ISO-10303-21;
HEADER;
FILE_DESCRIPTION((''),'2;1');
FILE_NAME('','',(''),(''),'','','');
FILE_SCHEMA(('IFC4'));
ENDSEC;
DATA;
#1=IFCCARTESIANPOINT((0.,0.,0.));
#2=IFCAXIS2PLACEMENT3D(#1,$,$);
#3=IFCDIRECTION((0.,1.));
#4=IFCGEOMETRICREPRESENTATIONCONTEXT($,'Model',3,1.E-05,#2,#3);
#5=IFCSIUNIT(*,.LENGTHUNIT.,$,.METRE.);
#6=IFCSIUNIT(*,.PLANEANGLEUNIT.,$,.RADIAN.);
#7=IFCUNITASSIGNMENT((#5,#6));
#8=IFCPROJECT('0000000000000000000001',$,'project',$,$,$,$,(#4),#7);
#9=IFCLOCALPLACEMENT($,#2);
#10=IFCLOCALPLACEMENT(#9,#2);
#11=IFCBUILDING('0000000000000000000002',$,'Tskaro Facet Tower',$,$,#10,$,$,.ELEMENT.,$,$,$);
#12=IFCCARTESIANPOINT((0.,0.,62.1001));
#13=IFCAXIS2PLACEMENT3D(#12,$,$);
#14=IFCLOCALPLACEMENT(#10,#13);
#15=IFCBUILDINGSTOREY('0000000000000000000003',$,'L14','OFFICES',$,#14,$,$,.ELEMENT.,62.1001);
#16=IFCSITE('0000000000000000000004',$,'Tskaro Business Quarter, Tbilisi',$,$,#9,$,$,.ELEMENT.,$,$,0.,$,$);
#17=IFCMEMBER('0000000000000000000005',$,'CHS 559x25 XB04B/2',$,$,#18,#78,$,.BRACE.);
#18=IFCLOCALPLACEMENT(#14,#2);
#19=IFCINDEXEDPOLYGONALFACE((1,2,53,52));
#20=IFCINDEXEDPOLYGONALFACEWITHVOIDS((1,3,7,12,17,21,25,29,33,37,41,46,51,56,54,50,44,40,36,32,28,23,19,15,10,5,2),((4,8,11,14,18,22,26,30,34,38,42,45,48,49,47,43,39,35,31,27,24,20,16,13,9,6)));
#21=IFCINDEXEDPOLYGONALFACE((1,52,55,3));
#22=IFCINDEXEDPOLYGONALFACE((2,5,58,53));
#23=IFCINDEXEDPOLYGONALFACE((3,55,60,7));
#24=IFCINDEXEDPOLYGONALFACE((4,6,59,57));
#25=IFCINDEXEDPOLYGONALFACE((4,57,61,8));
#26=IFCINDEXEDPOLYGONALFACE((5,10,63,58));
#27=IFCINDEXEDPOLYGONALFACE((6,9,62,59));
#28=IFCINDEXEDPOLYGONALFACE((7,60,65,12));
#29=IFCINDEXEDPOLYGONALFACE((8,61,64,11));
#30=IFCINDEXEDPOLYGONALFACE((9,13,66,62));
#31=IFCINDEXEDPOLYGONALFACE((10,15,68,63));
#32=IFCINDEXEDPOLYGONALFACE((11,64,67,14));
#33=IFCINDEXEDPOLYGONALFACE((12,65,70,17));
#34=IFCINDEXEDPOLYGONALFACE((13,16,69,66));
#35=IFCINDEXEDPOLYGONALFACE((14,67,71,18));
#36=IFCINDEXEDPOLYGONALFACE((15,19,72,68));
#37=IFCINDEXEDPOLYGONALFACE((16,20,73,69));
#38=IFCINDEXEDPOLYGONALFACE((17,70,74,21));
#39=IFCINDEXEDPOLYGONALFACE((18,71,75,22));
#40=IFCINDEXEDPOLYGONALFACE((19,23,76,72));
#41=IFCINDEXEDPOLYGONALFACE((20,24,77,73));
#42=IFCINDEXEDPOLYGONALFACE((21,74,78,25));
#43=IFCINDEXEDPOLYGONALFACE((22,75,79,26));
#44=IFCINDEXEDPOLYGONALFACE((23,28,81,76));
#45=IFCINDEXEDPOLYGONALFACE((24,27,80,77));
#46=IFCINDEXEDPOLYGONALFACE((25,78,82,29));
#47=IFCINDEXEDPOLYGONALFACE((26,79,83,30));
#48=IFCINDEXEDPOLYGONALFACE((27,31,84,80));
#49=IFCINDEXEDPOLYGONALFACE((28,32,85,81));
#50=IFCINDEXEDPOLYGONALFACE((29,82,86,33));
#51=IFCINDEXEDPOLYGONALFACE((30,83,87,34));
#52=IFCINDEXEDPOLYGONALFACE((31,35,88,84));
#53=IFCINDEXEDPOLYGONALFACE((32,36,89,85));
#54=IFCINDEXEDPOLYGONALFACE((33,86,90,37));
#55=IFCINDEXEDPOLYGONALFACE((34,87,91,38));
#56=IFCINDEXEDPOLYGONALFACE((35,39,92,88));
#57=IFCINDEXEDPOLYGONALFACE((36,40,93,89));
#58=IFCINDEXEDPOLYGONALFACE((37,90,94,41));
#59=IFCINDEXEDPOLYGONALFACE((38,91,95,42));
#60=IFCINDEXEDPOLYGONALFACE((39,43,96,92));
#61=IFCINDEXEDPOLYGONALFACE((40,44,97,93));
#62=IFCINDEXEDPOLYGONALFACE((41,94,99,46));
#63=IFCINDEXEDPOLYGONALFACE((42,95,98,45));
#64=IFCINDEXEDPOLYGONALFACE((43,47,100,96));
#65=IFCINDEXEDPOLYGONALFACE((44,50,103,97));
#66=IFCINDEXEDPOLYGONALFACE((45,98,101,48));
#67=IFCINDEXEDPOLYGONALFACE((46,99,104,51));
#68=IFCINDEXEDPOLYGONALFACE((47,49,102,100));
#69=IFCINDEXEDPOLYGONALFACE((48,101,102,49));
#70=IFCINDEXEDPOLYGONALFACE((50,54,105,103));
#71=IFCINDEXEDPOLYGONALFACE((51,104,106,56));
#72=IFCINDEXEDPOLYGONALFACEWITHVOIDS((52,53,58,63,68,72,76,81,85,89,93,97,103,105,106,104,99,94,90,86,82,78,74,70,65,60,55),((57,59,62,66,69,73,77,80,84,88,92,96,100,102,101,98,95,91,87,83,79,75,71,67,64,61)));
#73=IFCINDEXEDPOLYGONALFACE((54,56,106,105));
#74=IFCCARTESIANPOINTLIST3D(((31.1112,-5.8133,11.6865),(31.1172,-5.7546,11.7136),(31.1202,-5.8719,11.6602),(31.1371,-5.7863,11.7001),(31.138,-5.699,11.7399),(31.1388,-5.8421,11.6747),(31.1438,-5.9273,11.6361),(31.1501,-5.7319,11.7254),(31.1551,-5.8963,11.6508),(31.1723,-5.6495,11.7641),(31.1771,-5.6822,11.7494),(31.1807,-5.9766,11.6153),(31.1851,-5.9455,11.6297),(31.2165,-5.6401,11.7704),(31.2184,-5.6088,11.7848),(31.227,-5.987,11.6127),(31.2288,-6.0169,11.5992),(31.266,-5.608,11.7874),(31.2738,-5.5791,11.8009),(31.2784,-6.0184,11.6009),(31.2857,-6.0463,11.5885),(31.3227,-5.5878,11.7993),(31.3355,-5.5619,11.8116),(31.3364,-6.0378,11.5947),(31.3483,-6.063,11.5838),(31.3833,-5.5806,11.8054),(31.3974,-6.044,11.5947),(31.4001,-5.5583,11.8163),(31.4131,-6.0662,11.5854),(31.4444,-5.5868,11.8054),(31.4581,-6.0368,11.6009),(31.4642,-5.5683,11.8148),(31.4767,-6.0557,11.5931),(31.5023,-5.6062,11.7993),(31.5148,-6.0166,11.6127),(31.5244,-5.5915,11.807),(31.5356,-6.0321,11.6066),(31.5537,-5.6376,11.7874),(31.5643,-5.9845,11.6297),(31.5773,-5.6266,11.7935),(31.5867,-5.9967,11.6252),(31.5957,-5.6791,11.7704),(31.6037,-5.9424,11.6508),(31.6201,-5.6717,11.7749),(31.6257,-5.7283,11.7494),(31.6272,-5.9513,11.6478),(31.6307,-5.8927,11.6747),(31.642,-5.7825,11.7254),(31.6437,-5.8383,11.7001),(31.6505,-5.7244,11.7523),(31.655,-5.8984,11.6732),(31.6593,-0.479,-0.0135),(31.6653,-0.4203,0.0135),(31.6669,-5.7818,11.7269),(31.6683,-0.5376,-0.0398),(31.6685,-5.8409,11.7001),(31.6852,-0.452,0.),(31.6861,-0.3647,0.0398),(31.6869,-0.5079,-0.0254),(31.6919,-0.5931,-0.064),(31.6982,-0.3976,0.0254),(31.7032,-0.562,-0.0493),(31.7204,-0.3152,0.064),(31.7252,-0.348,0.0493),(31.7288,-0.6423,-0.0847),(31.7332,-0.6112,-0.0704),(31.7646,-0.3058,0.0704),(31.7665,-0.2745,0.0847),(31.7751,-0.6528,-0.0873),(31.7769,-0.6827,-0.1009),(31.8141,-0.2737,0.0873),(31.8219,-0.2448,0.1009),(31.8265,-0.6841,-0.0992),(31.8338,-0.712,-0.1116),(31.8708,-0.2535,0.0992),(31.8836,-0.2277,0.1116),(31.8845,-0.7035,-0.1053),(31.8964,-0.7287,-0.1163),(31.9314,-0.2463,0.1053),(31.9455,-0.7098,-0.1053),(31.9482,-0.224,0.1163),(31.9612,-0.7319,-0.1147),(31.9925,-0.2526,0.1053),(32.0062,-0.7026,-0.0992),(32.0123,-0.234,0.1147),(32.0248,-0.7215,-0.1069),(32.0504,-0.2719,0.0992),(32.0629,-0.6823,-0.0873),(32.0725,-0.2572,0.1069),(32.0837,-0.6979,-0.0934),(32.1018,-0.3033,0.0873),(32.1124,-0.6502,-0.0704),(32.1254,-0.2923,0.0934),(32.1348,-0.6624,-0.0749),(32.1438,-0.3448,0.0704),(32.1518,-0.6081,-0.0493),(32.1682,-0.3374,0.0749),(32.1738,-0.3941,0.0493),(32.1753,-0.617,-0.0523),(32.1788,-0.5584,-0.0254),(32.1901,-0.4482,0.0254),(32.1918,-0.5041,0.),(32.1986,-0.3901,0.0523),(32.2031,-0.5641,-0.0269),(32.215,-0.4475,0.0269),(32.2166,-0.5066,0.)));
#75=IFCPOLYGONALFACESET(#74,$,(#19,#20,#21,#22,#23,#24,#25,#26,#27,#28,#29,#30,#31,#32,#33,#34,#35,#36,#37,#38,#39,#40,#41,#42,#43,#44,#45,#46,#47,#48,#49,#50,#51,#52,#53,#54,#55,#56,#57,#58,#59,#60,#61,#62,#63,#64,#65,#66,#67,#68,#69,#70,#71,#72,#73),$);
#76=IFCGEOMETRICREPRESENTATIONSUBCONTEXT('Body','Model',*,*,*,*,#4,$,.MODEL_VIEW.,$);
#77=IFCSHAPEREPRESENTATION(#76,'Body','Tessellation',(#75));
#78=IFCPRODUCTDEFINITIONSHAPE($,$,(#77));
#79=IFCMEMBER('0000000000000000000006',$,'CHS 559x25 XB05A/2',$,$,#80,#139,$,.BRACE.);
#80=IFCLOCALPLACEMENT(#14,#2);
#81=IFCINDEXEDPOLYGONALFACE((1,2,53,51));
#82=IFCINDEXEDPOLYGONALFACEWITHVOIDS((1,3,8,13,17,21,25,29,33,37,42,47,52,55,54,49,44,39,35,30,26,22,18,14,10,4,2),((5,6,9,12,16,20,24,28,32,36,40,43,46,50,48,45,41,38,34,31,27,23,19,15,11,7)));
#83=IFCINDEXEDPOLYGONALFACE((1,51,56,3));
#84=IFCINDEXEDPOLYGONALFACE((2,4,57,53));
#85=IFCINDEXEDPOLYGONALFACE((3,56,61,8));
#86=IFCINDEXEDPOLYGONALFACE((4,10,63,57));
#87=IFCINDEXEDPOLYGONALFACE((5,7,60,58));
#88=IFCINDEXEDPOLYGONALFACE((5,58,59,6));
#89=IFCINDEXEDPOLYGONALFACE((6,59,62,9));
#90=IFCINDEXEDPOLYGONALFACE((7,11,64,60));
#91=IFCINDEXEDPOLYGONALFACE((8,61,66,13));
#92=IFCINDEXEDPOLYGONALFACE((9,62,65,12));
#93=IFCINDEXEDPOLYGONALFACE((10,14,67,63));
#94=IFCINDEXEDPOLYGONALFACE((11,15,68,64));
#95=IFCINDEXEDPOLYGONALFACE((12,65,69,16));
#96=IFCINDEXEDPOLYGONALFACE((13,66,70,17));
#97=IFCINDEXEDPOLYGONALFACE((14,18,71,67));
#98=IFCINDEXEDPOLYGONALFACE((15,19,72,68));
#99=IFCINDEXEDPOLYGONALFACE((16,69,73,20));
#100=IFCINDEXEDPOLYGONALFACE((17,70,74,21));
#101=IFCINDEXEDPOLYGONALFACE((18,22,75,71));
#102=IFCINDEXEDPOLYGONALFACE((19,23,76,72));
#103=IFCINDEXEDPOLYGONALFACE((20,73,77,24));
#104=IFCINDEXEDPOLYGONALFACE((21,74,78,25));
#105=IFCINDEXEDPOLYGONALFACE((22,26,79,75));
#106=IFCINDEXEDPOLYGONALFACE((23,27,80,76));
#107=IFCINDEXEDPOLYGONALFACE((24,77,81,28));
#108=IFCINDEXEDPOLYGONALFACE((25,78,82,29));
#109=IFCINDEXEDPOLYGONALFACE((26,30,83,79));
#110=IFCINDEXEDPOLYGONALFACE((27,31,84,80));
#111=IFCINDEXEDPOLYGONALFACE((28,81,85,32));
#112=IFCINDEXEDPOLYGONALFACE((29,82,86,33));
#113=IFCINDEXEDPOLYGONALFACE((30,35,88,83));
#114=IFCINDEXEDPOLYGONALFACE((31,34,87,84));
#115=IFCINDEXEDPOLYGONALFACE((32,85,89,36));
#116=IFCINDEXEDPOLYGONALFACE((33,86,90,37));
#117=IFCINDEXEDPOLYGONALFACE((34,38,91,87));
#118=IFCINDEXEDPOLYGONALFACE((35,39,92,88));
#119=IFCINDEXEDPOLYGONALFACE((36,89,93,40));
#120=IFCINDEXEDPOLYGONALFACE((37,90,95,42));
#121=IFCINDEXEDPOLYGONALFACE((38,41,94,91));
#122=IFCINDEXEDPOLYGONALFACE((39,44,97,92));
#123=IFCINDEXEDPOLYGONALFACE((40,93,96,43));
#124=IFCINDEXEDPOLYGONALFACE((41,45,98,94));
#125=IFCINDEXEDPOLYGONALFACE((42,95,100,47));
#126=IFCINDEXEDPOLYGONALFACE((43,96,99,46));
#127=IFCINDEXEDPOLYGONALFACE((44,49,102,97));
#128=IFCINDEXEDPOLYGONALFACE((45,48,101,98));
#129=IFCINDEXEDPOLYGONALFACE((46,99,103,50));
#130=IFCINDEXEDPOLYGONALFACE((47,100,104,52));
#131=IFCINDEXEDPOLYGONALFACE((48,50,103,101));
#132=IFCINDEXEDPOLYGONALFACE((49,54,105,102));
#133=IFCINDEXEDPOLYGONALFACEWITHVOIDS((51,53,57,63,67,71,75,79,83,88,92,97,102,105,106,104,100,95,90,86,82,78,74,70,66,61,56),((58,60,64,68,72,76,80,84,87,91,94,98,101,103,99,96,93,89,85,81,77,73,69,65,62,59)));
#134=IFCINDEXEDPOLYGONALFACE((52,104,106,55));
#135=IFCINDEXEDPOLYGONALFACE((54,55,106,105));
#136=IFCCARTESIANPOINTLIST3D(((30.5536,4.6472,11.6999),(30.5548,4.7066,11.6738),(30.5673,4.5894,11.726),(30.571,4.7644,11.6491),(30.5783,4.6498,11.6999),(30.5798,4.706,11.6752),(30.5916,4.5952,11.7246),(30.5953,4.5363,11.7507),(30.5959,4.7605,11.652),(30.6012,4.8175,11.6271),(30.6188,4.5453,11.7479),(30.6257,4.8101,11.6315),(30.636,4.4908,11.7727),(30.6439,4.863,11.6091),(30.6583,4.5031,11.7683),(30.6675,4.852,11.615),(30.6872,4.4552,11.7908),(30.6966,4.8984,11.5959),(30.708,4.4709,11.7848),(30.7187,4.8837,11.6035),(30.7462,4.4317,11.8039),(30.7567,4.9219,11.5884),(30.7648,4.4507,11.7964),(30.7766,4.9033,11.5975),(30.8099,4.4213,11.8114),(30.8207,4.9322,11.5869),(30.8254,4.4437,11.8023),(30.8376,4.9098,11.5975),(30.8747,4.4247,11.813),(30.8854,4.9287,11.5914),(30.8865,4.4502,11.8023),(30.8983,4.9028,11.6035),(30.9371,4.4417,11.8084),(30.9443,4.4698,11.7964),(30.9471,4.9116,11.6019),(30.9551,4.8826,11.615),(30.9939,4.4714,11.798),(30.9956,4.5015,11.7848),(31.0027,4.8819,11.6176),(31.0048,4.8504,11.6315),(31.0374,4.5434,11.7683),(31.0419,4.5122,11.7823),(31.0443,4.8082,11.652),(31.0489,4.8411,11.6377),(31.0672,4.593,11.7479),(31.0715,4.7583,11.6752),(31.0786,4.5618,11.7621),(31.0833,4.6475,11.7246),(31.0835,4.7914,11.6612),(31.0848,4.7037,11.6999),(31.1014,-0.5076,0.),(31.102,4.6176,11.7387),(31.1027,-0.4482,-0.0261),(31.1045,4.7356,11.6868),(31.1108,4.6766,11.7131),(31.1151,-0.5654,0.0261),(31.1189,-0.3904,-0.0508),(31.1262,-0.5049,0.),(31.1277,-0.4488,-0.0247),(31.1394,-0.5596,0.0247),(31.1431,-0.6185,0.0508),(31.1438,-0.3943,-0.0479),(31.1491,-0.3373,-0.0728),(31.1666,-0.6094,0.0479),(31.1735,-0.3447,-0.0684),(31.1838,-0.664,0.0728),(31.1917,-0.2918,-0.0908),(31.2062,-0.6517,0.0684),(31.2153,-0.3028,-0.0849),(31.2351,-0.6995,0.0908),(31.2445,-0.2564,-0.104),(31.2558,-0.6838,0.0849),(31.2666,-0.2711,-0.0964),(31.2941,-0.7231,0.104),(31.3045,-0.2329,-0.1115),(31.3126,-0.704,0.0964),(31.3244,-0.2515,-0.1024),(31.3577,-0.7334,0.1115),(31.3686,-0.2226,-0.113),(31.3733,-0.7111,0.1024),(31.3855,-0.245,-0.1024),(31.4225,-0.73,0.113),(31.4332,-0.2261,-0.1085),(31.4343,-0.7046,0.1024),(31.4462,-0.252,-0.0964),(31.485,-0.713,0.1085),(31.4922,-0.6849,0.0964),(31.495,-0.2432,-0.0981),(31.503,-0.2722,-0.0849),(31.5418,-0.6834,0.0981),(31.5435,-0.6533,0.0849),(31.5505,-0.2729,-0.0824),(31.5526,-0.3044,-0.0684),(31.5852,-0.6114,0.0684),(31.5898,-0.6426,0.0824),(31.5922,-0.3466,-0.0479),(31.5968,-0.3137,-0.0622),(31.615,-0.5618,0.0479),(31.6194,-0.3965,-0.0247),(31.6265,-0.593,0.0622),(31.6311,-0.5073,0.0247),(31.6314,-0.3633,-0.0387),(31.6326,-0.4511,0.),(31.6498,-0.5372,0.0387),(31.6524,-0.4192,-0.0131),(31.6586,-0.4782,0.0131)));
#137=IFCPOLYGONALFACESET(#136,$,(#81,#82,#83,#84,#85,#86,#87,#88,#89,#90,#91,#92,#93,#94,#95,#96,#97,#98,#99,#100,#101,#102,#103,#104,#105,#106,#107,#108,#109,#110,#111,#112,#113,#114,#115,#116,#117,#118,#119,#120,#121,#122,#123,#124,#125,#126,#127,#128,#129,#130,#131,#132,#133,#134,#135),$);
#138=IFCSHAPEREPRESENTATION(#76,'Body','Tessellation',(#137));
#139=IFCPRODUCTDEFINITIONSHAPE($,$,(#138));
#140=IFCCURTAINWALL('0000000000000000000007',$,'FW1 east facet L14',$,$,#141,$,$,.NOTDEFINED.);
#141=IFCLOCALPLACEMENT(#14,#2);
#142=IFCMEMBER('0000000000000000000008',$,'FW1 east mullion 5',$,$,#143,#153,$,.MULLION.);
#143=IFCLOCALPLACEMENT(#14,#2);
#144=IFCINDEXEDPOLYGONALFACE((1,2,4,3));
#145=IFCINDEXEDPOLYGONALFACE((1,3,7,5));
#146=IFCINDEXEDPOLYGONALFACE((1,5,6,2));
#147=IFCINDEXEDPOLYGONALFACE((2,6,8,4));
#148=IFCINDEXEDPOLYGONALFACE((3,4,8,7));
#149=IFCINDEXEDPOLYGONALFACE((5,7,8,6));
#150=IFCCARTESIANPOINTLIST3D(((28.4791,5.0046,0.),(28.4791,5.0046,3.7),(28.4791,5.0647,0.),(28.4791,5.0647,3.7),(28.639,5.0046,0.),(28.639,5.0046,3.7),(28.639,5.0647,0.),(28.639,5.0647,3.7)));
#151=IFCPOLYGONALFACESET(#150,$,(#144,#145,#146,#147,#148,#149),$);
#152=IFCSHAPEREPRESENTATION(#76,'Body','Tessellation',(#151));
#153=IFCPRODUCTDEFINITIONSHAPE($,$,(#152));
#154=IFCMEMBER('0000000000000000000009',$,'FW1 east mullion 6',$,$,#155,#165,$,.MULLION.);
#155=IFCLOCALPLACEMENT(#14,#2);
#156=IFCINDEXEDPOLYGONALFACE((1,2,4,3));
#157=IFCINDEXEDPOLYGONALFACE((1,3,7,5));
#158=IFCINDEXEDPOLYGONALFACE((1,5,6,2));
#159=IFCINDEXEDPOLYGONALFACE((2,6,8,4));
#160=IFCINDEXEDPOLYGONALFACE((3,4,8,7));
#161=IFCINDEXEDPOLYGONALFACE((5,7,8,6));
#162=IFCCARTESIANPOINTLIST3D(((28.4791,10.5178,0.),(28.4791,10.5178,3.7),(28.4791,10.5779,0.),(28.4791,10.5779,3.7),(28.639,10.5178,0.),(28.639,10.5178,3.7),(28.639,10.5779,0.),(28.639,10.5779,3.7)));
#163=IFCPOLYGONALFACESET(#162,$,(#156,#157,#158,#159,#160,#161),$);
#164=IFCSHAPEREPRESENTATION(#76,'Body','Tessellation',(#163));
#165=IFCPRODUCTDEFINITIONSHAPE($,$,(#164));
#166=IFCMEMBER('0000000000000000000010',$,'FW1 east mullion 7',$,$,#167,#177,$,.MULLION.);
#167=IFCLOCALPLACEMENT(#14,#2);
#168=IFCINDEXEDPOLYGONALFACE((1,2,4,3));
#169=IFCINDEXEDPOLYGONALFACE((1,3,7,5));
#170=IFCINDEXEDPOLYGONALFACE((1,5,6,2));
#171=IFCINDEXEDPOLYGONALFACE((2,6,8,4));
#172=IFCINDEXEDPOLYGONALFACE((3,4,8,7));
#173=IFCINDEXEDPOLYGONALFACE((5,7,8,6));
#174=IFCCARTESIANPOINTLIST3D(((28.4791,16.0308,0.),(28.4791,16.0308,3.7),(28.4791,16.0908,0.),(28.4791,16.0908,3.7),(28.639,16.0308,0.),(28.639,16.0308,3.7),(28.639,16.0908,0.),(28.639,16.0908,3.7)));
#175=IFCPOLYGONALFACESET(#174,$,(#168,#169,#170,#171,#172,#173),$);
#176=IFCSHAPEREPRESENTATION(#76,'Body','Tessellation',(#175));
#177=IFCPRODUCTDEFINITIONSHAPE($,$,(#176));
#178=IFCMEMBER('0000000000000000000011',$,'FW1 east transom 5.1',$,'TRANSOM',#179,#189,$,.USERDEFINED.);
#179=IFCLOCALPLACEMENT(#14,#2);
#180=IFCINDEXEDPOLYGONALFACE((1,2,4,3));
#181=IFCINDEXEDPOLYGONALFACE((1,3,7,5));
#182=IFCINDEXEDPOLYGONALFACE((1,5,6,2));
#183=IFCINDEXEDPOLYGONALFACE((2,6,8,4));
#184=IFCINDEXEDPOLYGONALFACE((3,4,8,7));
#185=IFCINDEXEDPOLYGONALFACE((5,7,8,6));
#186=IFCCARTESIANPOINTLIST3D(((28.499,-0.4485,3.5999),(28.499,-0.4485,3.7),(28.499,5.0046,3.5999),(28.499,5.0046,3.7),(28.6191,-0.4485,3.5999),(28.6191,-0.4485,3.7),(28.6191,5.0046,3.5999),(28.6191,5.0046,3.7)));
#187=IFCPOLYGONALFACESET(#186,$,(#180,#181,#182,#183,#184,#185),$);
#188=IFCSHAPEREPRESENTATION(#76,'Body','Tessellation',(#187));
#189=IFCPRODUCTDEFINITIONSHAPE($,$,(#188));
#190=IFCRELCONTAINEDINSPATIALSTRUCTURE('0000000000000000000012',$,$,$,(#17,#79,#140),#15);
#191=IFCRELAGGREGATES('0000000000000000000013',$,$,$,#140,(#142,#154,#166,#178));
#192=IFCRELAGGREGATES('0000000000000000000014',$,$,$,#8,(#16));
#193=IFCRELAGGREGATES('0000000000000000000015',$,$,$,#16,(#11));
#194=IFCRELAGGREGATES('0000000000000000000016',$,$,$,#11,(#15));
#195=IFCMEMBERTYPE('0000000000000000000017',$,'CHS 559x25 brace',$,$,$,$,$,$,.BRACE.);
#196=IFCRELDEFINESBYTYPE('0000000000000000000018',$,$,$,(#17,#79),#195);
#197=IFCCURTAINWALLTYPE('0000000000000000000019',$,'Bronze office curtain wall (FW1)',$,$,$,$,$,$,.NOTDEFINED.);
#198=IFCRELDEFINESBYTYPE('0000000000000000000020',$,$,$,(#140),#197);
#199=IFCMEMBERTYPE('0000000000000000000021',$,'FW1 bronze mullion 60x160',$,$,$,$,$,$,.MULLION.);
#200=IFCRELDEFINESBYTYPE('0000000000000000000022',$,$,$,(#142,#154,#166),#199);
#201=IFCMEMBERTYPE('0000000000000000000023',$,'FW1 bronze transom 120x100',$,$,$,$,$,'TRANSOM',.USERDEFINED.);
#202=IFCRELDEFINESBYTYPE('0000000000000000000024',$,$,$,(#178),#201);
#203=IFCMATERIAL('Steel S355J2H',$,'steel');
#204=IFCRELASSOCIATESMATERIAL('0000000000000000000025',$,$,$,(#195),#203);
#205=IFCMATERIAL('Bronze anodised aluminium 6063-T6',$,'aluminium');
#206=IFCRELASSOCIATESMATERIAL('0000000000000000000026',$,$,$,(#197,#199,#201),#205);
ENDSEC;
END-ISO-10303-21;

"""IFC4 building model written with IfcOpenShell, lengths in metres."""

from ifc_helpers import new_model, si_unit, direction, frame, origin, origin_2d, place, context, subcontext, project, spatial, rectangle, hollow_circle, extrude, material, material_profile, profile_set, type_object, element, aggregate, save


model = new_model("IFC4")

# Units and contexts
model_context = context("Model", 3, precision=1e-05, world=origin(), true_north=direction((0.0, 1.0)))
body_context = subcontext(model_context, "Body", "Model", "MODEL_VIEW")
ifc_project = project(units=[si_unit("LENGTHUNIT", "METRE"), si_unit("PLANEANGLEUNIT", "RADIAN")], contexts=[model_context])

# Site, building, storey
site_placement = place(None, origin())
site = spatial("IfcSite", under=ifc_project, at=site_placement, Name="Tskaro Business Quarter, Tbilisi", CompositionType="ELEMENT", RefElevation=0.0)
building_placement = place(site_placement, origin())
building = spatial("IfcBuilding", under=site, at=building_placement, Name="Tskaro Facet Tower", CompositionType="ELEMENT")
storey_placement = place(building_placement, frame((0.0, 0.0, 62.1001)))
storey = spatial("IfcBuildingStorey", under=building, at=storey_placement, Name="L14", Description="OFFICES", CompositionType="ELEMENT", Elevation=62.1001)

# Shared definitions
ifc_material_1 = material(Name="Steel S355J2H", Category="steel")

# Members
ifc_material_profile_1 = material_profile(ifc_material_1, hollow_circle(Radius=0.2795, WallThickness=0.0249, at=origin_2d()), Name="CHS 559x25")
ifc_profile_set_1 = profile_set([ifc_material_profile_1], Name="Steel S355J2H")
member_type_1 = type_object("IfcMemberType", Name="CHS 559x25 brace", PredefinedType="BRACE", material=ifc_profile_set_1)
member_1_placement = place(storey_placement, frame((31.9385, -0.478, 0.0), z_axis=(-0.042586, -0.414462, 0.90907), x_axis=(0.994763, -0.102213, 0.0)))
element("IfcMember", 1, at=member_1_placement, inside=storey, type_object=member_type_1, Name="CHS 559x25 XB04B/2", PredefinedType="BRACE", context=body_context, shape_type="SweptSolid", body=[
    extrude(hollow_circle(Radius=0.2795, WallThickness=0.0249, at=origin_2d()), origin(), (0.0, 0.0, 1.0), 12.8704),
])
member_2_placement = place(storey_placement, frame((31.3794, -0.478, 0.0), z_axis=(-0.042811, 0.402815, 0.91428), x_axis=(-0.9944, -0.105685, 0.0)))
element("IfcMember", 2, at=member_2_placement, inside=storey, type_object=member_type_1, Name="CHS 559x25 XB05A/2", PredefinedType="BRACE", context=body_context, shape_type="SweptSolid", body=[
    extrude(hollow_circle(Radius=0.2795, WallThickness=0.0249, at=origin_2d()), origin(), (0.0, 0.0, 1.0), 12.7969),
])

# Curtain wall, members
ifc_material_2 = material(Name="Bronze anodised aluminium 6063-T6", Category="aluminium")
curtain_wall_type = type_object("IfcCurtainWallType", Name="Bronze office curtain wall (FW1)", PredefinedType="NOTDEFINED", material=ifc_material_2)
curtain_wall_placement = place(storey_placement, origin())
curtain_wall = element("IfcCurtainWall", 3, at=curtain_wall_placement, inside=storey, type_object=curtain_wall_type, Name="FW1 east facet L14", PredefinedType="NOTDEFINED")
ifc_material_profile_2 = material_profile(ifc_material_2, rectangle(XDim=0.0601, YDim=0.1599, at=origin_2d()), Name="Mullion 60x160")
ifc_profile_set_2 = profile_set([ifc_material_profile_2], Name="Bronze anodised aluminium 6063-T6")
member_type_2 = type_object("IfcMemberType", Name="FW1 bronze mullion 60x160", PredefinedType="MULLION", material=ifc_profile_set_2)
member_3_placement = place(storey_placement, frame((28.5591, 5.0347, 0.0), z_axis=(0.0, 0.0, 1.0), x_axis=(0.0, 1.0, 0.0)))
member_3 = element("IfcMember", 4, at=member_3_placement, type_object=member_type_2, Name="FW1 east mullion 5", PredefinedType="MULLION", context=body_context, shape_type="SweptSolid", body=[
    extrude(rectangle(XDim=0.0601, YDim=0.1599, at=origin_2d()), origin(), (0.0, 0.0, 1.0), 3.7),
])
member_4_placement = place(storey_placement, frame((28.5591, 10.5479, 0.0), z_axis=(0.0, 0.0, 1.0), x_axis=(0.0, 1.0, 0.0)))
member_4 = element("IfcMember", 5, at=member_4_placement, type_object=member_type_2, Name="FW1 east mullion 6", PredefinedType="MULLION", context=body_context, shape_type="SweptSolid", body=[
    extrude(rectangle(XDim=0.0601, YDim=0.1599, at=origin_2d()), origin(), (0.0, 0.0, 1.0), 3.7),
])
member_5_placement = place(storey_placement, frame((28.5591, 16.0608, 0.0), z_axis=(0.0, 0.0, 1.0), x_axis=(0.0, 1.0, 0.0)))
member_5 = element("IfcMember", 6, at=member_5_placement, type_object=member_type_2, Name="FW1 east mullion 7", PredefinedType="MULLION", context=body_context, shape_type="SweptSolid", body=[
    extrude(rectangle(XDim=0.0601, YDim=0.1599, at=origin_2d()), origin(), (0.0, 0.0, 1.0), 3.7),
])
ifc_material_profile_3 = material_profile(ifc_material_2, rectangle(XDim=0.1201, YDim=0.1001, at=origin_2d()), Name="Transom 120x100")
ifc_profile_set_3 = profile_set([ifc_material_profile_3], Name="Bronze anodised aluminium 6063-T6")
member_type_3 = type_object("IfcMemberType", Name="FW1 bronze transom 120x100", ElementType="TRANSOM", PredefinedType="USERDEFINED", material=ifc_profile_set_3)
member_6_placement = place(storey_placement, frame((28.5591, -0.4485, 3.6499), z_axis=(0.0, 1.0, 0.0), x_axis=(-1.0, 0.0, 0.0)))
member_6 = element("IfcMember", 7, at=member_6_placement, type_object=member_type_3, Name="FW1 east transom 5.1", ObjectType="TRANSOM", PredefinedType="USERDEFINED", context=body_context, shape_type="SweptSolid", body=[
    extrude(rectangle(XDim=0.1201, YDim=0.1001, at=origin_2d()), origin(), (0.0, 0.0, 1.0), 5.4531),
])
aggregate(curtain_wall, [member_3, member_4, member_5, member_6])

save(model, "model.ifc")
